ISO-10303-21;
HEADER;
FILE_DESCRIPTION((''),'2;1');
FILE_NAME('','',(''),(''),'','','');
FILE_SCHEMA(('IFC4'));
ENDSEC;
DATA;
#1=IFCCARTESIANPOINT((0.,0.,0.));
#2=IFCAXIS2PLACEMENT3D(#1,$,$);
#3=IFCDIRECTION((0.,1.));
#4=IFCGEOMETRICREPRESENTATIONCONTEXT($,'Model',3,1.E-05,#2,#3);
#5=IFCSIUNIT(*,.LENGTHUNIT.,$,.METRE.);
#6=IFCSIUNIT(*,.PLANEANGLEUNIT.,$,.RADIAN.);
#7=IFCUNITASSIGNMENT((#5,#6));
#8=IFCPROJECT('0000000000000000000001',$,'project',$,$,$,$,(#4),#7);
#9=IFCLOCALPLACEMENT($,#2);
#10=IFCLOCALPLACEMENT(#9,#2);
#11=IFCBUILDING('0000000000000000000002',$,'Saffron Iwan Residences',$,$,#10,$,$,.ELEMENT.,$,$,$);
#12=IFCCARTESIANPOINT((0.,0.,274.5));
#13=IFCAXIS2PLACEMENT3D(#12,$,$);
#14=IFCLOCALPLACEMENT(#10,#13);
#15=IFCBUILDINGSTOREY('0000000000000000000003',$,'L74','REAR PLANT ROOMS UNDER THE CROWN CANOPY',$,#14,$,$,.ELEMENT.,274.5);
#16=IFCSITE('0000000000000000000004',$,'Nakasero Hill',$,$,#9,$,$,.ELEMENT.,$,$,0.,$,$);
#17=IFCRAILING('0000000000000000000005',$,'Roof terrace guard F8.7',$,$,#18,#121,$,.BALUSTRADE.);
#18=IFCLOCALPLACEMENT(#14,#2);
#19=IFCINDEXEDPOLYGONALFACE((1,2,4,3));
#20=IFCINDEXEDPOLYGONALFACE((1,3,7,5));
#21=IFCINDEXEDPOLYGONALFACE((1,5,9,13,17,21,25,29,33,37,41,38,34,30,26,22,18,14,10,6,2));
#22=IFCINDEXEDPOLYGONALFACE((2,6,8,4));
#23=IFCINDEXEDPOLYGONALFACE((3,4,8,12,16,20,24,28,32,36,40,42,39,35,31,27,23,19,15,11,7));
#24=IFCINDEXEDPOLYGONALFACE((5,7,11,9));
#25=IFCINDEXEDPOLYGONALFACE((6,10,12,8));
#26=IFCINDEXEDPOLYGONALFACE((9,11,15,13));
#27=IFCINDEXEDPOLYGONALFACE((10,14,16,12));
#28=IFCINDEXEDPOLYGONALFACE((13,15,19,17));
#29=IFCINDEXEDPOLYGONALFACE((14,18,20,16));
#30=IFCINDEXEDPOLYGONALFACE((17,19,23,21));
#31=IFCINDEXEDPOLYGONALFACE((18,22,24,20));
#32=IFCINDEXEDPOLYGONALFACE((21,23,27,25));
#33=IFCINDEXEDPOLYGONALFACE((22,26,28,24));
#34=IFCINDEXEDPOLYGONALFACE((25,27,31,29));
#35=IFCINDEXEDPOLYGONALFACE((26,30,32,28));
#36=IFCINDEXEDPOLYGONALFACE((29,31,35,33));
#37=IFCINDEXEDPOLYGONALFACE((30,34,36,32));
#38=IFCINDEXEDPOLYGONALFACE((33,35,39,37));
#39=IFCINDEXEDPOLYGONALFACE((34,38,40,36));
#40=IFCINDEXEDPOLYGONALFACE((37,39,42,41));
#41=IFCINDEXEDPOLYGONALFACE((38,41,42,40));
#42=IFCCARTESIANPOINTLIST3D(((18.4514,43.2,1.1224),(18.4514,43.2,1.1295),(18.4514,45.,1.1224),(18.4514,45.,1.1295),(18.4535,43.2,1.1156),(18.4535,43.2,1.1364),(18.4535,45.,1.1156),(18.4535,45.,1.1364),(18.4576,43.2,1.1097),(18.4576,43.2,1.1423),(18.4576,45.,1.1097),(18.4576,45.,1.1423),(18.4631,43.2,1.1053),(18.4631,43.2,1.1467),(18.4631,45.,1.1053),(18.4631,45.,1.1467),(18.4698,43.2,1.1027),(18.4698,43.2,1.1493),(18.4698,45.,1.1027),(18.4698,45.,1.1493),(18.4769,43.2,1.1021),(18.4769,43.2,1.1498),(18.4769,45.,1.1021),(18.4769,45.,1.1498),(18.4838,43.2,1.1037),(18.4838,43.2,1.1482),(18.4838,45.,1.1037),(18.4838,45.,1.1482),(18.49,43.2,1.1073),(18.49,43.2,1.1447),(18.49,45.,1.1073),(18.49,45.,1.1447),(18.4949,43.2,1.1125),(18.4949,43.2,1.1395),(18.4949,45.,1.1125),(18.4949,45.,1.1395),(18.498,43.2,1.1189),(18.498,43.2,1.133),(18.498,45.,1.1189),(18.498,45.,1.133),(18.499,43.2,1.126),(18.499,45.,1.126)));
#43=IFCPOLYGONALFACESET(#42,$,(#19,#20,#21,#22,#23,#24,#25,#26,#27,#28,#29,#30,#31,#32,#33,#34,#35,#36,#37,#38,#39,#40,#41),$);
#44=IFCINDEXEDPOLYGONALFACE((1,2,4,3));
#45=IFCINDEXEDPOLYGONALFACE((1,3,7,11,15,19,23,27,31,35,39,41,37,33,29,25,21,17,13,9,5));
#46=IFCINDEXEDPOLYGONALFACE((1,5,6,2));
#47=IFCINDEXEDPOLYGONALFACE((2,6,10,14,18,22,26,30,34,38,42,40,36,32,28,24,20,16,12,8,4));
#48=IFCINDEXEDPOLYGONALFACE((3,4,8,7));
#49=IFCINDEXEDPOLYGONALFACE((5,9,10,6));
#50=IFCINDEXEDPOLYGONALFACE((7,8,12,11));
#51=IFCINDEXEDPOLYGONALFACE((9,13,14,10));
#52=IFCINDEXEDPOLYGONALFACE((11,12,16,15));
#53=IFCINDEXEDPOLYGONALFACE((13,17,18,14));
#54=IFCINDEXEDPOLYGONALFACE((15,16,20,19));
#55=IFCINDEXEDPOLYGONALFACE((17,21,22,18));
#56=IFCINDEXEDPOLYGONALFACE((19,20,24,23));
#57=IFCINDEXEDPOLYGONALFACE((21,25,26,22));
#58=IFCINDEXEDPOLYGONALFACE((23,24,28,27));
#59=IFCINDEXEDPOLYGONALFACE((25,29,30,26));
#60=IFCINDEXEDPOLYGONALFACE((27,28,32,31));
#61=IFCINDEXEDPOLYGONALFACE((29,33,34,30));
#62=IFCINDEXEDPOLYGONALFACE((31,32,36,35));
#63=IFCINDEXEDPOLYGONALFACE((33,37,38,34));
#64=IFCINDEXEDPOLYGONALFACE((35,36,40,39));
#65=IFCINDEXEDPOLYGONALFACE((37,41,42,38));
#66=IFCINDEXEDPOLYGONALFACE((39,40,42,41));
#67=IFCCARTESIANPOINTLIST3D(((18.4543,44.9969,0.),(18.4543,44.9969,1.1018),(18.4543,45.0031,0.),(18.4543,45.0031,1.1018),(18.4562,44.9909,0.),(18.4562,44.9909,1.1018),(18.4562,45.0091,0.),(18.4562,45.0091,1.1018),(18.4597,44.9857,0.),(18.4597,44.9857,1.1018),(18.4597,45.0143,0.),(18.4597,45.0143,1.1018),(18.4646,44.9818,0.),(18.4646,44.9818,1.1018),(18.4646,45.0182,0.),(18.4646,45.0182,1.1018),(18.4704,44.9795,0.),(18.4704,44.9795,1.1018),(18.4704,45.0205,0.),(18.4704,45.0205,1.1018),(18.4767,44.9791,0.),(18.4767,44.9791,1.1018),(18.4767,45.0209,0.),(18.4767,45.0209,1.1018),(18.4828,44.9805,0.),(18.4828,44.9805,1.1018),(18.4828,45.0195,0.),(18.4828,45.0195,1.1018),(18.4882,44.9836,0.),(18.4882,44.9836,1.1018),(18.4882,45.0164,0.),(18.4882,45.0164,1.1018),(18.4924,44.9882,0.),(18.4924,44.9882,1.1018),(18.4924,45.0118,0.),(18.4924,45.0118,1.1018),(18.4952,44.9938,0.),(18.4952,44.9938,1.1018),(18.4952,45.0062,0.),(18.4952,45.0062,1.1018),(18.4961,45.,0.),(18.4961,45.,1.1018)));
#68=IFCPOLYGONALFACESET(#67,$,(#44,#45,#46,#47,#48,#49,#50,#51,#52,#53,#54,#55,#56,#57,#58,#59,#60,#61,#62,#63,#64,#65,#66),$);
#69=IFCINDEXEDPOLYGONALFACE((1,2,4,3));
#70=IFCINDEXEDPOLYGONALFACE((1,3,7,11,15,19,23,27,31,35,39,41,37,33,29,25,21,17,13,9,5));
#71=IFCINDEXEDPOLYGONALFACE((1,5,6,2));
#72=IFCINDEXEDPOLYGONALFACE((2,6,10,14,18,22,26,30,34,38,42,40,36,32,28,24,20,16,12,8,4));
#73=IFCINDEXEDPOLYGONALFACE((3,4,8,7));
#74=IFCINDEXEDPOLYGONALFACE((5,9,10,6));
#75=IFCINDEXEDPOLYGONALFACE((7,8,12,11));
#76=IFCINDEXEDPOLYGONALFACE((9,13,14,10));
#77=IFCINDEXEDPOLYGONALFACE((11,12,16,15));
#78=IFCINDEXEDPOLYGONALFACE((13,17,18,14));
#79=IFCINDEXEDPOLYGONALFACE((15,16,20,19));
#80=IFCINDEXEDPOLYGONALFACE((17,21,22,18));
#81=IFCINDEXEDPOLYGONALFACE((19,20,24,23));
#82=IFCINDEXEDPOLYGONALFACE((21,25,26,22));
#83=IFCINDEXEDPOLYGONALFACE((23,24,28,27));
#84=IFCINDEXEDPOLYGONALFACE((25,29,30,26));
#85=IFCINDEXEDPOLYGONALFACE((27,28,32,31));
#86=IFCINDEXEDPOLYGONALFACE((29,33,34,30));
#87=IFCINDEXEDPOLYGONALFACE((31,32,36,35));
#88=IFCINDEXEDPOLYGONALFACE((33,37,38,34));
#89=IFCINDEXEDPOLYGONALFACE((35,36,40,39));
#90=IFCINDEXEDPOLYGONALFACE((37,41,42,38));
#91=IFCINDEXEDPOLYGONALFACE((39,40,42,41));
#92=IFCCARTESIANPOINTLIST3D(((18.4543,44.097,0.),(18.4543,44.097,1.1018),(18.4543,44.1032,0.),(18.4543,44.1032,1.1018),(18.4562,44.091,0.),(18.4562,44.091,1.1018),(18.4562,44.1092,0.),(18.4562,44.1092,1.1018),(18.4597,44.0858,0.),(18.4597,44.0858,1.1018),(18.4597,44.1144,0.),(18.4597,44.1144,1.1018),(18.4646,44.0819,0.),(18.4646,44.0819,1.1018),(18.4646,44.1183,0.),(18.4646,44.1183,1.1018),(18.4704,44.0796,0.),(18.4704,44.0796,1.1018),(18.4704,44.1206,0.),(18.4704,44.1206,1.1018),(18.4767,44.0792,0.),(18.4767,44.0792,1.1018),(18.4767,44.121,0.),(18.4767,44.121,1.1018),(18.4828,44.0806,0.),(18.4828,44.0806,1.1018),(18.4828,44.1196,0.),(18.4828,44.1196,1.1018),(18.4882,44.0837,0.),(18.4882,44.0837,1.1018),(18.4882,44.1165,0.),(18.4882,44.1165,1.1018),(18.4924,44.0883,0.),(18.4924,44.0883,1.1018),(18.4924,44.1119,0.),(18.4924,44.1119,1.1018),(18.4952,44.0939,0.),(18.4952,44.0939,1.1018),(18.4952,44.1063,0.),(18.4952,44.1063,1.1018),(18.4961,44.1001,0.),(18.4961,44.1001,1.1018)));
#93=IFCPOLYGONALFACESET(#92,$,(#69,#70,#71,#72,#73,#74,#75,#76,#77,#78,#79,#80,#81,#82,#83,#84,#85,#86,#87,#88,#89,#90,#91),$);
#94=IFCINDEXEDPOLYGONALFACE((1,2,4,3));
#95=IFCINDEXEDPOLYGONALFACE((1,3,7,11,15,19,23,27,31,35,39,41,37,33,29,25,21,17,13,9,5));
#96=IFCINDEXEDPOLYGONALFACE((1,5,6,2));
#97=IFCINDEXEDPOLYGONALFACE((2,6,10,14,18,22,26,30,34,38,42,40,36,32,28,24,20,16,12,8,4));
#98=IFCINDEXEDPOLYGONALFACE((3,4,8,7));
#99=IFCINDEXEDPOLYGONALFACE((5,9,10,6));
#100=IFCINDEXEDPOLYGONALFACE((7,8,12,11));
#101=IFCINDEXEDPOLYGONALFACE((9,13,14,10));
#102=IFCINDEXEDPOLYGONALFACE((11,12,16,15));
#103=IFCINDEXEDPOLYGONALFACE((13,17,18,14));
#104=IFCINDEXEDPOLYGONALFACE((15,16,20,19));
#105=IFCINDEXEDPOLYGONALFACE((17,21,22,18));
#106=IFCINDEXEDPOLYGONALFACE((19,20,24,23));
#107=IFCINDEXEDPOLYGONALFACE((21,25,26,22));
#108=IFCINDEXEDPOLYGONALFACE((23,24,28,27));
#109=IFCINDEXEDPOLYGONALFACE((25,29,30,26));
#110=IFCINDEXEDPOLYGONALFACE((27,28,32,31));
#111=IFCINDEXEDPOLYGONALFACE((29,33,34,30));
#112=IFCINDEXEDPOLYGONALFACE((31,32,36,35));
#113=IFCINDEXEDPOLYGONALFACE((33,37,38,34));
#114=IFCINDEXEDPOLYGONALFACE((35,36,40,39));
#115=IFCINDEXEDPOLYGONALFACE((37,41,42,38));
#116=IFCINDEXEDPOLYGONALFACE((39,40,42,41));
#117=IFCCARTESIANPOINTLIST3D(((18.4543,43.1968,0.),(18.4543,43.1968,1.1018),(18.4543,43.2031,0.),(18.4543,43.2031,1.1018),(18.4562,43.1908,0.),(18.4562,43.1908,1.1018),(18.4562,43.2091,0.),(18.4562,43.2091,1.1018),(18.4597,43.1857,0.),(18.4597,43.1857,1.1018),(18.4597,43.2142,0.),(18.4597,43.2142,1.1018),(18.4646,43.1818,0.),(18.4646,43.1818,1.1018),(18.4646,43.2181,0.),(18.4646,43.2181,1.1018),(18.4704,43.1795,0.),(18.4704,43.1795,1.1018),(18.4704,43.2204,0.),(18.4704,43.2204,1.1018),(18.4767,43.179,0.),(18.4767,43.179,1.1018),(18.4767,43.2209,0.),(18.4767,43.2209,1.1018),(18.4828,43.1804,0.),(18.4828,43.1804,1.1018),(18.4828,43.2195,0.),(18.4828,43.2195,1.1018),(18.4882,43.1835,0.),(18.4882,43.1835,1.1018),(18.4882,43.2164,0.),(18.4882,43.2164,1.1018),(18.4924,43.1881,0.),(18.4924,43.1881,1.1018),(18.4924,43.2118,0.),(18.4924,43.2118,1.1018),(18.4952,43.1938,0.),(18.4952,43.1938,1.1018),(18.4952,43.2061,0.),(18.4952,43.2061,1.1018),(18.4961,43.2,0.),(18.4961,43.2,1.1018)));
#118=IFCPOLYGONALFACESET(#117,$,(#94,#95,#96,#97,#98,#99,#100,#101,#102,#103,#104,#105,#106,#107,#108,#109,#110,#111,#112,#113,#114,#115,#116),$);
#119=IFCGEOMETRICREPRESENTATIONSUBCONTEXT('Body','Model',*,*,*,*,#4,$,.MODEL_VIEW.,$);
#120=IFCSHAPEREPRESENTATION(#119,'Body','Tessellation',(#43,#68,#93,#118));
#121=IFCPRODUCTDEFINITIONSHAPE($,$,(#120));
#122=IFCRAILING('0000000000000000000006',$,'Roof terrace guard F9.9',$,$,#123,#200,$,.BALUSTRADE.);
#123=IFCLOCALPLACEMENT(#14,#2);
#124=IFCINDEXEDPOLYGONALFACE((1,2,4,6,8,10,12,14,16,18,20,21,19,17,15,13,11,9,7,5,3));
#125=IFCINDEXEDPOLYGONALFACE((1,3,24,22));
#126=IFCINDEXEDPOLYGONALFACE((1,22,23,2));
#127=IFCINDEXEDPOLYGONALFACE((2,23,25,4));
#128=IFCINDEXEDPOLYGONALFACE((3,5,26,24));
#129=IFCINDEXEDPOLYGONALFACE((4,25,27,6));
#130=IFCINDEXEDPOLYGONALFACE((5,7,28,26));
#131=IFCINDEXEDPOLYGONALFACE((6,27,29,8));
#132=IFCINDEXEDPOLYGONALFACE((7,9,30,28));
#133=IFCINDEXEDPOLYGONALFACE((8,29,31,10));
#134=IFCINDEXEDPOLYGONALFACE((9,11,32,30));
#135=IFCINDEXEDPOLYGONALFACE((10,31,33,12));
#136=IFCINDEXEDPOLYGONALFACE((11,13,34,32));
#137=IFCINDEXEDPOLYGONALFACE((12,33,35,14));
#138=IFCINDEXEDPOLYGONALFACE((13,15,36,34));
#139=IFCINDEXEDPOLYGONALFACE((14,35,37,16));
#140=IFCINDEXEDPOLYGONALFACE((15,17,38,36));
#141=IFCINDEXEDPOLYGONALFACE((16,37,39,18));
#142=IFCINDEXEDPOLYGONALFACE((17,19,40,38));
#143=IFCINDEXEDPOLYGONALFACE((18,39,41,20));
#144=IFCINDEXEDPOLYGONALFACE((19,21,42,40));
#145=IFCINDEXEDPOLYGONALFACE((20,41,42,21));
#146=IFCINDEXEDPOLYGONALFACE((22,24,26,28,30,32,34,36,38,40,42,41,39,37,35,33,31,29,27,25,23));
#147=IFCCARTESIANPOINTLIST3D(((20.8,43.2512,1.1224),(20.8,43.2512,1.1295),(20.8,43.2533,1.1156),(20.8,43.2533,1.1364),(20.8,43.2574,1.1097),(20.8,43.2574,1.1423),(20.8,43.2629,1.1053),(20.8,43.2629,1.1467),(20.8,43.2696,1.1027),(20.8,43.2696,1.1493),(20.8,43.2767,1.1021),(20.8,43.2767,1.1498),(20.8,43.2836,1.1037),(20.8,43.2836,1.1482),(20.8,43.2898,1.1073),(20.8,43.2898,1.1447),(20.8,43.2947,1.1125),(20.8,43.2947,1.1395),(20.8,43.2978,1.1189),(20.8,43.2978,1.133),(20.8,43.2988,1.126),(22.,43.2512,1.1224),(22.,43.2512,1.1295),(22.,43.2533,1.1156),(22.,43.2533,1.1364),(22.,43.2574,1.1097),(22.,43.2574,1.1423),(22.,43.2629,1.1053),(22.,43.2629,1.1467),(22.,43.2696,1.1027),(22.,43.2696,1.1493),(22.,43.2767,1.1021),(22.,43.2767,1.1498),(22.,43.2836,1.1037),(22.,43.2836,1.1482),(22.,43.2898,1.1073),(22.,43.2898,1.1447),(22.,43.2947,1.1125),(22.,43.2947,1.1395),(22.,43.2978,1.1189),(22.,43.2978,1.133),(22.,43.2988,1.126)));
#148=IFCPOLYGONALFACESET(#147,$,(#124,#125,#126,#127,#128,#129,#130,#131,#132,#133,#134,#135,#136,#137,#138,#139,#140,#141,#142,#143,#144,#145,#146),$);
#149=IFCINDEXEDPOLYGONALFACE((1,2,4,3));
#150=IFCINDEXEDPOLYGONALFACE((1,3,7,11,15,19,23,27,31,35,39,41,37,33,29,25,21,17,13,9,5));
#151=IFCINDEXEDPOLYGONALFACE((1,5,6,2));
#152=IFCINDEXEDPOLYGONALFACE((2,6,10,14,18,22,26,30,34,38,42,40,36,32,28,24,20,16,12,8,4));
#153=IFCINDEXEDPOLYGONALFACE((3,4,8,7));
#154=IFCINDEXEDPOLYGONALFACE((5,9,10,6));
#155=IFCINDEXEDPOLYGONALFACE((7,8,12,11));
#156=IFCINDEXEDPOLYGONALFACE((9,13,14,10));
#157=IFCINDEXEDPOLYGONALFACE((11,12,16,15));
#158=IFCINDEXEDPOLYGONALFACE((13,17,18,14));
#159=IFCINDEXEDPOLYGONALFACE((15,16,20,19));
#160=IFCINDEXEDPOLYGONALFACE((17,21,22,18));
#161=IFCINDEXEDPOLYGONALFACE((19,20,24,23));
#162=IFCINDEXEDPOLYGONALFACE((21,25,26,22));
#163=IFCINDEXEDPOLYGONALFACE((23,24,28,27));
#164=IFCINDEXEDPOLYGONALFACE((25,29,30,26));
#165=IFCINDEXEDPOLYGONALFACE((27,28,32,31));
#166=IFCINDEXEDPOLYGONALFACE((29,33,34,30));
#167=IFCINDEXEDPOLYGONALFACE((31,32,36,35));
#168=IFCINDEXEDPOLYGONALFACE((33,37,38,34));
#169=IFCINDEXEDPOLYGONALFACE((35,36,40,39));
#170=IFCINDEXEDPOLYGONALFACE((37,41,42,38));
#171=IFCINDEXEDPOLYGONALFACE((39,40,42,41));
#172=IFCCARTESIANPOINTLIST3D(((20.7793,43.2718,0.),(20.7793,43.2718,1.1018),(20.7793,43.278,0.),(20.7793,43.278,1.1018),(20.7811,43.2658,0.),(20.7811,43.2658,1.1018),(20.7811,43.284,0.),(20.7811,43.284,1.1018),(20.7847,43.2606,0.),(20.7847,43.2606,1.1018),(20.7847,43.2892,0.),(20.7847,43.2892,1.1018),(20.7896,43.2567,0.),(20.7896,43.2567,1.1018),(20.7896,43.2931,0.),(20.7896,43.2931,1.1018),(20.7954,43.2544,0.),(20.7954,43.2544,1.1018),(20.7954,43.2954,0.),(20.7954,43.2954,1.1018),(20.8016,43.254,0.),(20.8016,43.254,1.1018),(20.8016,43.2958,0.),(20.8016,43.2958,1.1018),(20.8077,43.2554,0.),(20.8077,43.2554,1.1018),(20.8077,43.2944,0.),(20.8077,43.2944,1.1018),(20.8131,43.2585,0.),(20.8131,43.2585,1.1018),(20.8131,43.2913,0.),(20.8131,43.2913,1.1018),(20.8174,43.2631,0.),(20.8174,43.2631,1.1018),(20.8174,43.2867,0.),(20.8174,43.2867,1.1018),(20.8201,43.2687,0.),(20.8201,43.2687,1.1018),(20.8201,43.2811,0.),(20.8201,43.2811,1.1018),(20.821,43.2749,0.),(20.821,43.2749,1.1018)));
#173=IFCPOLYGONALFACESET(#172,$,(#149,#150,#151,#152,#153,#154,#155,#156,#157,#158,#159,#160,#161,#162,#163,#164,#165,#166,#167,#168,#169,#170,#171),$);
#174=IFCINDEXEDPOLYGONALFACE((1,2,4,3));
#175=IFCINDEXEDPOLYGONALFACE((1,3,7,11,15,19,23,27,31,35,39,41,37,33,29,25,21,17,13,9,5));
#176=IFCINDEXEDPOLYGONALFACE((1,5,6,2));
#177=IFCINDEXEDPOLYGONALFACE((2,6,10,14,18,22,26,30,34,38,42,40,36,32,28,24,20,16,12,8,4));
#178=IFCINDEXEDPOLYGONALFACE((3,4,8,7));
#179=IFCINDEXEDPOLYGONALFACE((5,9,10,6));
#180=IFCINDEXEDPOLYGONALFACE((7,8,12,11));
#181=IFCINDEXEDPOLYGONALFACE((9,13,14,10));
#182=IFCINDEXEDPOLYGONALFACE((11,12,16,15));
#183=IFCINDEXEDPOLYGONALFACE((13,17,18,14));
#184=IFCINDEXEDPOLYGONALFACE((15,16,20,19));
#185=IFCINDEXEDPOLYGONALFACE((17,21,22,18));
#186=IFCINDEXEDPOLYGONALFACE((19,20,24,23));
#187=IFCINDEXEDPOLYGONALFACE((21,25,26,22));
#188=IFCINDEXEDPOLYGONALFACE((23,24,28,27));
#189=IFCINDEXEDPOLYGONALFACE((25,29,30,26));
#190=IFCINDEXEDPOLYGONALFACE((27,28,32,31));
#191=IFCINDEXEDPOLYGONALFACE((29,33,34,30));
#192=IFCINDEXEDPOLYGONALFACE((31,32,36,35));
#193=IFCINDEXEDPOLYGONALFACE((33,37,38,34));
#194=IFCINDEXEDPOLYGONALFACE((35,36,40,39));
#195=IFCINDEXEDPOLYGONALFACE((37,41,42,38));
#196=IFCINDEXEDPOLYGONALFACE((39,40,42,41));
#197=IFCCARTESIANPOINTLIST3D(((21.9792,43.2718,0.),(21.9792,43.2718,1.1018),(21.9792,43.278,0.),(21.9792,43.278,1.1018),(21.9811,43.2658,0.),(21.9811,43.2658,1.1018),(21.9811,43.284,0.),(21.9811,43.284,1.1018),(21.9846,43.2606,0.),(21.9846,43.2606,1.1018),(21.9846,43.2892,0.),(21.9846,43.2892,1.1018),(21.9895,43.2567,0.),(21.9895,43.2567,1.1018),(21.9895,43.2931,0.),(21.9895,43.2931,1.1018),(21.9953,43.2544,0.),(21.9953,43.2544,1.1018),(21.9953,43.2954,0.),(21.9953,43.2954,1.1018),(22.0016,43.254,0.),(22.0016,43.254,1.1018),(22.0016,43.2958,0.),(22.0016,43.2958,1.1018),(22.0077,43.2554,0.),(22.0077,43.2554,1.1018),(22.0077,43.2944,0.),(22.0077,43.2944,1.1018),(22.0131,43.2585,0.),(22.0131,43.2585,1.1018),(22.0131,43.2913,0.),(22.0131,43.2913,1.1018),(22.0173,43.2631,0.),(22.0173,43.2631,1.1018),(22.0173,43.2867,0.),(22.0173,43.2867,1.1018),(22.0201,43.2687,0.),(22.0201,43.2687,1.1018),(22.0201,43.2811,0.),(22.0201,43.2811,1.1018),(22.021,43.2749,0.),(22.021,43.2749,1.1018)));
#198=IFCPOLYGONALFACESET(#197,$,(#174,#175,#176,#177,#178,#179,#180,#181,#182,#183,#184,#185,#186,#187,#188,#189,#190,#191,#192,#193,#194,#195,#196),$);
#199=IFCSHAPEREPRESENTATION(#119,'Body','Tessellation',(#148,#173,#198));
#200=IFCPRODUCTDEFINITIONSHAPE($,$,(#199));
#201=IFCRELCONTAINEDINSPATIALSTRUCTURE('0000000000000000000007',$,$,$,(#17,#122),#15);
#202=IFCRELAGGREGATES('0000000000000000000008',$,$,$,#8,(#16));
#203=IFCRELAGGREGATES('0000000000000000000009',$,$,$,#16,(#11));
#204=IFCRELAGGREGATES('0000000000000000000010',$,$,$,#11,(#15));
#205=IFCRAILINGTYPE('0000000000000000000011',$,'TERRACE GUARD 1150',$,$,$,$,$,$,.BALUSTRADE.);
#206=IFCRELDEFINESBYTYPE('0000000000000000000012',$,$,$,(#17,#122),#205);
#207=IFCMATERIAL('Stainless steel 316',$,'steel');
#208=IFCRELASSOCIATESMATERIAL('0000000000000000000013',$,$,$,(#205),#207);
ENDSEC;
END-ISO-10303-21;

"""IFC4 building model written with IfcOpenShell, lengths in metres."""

from ifc_helpers import new_model, si_unit, direction, frame, origin, origin_2d, place, context, subcontext, project, spatial, circle, extrude, material, type_object, element, save


model = new_model("IFC4")

# Units and contexts
model_context = context("Model", 3, precision=1e-05, world=origin(), true_north=direction((0.0, 1.0)))
body_context = subcontext(model_context, "Body", "Model", "MODEL_VIEW")
ifc_project = project(units=[si_unit("LENGTHUNIT", "METRE"), si_unit("PLANEANGLEUNIT", "RADIAN")], contexts=[model_context])

# Site, building, storey
site_placement = place(None, origin())
site = spatial("IfcSite", under=ifc_project, at=site_placement, Name="Nakasero Hill", CompositionType="ELEMENT", RefElevation=0.0)
building_placement = place(site_placement, origin())
building = spatial("IfcBuilding", under=site, at=building_placement, Name="Saffron Iwan Residences", CompositionType="ELEMENT")
storey_placement = place(building_placement, frame((0.0, 0.0, 274.5)))
storey = spatial("IfcBuildingStorey", under=building, at=storey_placement, Name="L74", Description="REAR PLANT ROOMS UNDER THE CROWN CANOPY", CompositionType="ELEMENT", Elevation=274.5)

# Railings
ifc_material_1 = material(Name="Stainless steel 316", Category="steel")
railing_type_1 = type_object("IfcRailingType", Name="TERRACE GUARD 1150", PredefinedType="BALUSTRADE", material=ifc_material_1)
railing_1_placement = place(storey_placement, frame((18.4751, 45.0, 0.0)))
element("IfcRailing", 1, at=railing_1_placement, inside=storey, type_object=railing_type_1, Name="Roof terrace guard F8.7", PredefinedType="BALUSTRADE", context=body_context, shape_type="SweptSolid", body=[
    extrude(circle(Radius=0.0239, at=origin_2d()), frame((0.0, 0.0, 1.126), z_axis=(0.0, -1.0, 0.0), x_axis=(1.0, 0.0, 0.0)), (0.0, 0.0, 1.0), 1.8),
    extrude(circle(Radius=0.021, at=origin_2d()), origin(), (0.0, 0.0, 1.0), 1.1018),
    extrude(circle(Radius=0.021, at=origin_2d()), frame((0.0, -0.8999, 0.0)), (0.0, 0.0, 1.0), 1.1018),
    extrude(circle(Radius=0.021, at=origin_2d()), frame((0.0, -1.8, 0.0)), (0.0, 0.0, 1.0), 1.1018),
])
railing_2_placement = place(storey_placement, frame((20.8, 43.2749, 0.0)))
element("IfcRailing", 2, at=railing_2_placement, inside=storey, type_object=railing_type_1, Name="Roof terrace guard F9.9", PredefinedType="BALUSTRADE", context=body_context, shape_type="SweptSolid", body=[
    extrude(circle(Radius=0.0239, at=origin_2d()), frame((0.0, 0.0, 1.126), z_axis=(1.0, 0.0, 0.0), x_axis=(0.0, 1.0, 0.0)), (0.0, 0.0, 1.0), 1.2),
    extrude(circle(Radius=0.021, at=origin_2d()), origin(), (0.0, 0.0, 1.0), 1.1018),
    extrude(circle(Radius=0.021, at=origin_2d()), frame((1.2, 0.0, 0.0)), (0.0, 0.0, 1.0), 1.1018),
])

save(model, "model.ifc")
